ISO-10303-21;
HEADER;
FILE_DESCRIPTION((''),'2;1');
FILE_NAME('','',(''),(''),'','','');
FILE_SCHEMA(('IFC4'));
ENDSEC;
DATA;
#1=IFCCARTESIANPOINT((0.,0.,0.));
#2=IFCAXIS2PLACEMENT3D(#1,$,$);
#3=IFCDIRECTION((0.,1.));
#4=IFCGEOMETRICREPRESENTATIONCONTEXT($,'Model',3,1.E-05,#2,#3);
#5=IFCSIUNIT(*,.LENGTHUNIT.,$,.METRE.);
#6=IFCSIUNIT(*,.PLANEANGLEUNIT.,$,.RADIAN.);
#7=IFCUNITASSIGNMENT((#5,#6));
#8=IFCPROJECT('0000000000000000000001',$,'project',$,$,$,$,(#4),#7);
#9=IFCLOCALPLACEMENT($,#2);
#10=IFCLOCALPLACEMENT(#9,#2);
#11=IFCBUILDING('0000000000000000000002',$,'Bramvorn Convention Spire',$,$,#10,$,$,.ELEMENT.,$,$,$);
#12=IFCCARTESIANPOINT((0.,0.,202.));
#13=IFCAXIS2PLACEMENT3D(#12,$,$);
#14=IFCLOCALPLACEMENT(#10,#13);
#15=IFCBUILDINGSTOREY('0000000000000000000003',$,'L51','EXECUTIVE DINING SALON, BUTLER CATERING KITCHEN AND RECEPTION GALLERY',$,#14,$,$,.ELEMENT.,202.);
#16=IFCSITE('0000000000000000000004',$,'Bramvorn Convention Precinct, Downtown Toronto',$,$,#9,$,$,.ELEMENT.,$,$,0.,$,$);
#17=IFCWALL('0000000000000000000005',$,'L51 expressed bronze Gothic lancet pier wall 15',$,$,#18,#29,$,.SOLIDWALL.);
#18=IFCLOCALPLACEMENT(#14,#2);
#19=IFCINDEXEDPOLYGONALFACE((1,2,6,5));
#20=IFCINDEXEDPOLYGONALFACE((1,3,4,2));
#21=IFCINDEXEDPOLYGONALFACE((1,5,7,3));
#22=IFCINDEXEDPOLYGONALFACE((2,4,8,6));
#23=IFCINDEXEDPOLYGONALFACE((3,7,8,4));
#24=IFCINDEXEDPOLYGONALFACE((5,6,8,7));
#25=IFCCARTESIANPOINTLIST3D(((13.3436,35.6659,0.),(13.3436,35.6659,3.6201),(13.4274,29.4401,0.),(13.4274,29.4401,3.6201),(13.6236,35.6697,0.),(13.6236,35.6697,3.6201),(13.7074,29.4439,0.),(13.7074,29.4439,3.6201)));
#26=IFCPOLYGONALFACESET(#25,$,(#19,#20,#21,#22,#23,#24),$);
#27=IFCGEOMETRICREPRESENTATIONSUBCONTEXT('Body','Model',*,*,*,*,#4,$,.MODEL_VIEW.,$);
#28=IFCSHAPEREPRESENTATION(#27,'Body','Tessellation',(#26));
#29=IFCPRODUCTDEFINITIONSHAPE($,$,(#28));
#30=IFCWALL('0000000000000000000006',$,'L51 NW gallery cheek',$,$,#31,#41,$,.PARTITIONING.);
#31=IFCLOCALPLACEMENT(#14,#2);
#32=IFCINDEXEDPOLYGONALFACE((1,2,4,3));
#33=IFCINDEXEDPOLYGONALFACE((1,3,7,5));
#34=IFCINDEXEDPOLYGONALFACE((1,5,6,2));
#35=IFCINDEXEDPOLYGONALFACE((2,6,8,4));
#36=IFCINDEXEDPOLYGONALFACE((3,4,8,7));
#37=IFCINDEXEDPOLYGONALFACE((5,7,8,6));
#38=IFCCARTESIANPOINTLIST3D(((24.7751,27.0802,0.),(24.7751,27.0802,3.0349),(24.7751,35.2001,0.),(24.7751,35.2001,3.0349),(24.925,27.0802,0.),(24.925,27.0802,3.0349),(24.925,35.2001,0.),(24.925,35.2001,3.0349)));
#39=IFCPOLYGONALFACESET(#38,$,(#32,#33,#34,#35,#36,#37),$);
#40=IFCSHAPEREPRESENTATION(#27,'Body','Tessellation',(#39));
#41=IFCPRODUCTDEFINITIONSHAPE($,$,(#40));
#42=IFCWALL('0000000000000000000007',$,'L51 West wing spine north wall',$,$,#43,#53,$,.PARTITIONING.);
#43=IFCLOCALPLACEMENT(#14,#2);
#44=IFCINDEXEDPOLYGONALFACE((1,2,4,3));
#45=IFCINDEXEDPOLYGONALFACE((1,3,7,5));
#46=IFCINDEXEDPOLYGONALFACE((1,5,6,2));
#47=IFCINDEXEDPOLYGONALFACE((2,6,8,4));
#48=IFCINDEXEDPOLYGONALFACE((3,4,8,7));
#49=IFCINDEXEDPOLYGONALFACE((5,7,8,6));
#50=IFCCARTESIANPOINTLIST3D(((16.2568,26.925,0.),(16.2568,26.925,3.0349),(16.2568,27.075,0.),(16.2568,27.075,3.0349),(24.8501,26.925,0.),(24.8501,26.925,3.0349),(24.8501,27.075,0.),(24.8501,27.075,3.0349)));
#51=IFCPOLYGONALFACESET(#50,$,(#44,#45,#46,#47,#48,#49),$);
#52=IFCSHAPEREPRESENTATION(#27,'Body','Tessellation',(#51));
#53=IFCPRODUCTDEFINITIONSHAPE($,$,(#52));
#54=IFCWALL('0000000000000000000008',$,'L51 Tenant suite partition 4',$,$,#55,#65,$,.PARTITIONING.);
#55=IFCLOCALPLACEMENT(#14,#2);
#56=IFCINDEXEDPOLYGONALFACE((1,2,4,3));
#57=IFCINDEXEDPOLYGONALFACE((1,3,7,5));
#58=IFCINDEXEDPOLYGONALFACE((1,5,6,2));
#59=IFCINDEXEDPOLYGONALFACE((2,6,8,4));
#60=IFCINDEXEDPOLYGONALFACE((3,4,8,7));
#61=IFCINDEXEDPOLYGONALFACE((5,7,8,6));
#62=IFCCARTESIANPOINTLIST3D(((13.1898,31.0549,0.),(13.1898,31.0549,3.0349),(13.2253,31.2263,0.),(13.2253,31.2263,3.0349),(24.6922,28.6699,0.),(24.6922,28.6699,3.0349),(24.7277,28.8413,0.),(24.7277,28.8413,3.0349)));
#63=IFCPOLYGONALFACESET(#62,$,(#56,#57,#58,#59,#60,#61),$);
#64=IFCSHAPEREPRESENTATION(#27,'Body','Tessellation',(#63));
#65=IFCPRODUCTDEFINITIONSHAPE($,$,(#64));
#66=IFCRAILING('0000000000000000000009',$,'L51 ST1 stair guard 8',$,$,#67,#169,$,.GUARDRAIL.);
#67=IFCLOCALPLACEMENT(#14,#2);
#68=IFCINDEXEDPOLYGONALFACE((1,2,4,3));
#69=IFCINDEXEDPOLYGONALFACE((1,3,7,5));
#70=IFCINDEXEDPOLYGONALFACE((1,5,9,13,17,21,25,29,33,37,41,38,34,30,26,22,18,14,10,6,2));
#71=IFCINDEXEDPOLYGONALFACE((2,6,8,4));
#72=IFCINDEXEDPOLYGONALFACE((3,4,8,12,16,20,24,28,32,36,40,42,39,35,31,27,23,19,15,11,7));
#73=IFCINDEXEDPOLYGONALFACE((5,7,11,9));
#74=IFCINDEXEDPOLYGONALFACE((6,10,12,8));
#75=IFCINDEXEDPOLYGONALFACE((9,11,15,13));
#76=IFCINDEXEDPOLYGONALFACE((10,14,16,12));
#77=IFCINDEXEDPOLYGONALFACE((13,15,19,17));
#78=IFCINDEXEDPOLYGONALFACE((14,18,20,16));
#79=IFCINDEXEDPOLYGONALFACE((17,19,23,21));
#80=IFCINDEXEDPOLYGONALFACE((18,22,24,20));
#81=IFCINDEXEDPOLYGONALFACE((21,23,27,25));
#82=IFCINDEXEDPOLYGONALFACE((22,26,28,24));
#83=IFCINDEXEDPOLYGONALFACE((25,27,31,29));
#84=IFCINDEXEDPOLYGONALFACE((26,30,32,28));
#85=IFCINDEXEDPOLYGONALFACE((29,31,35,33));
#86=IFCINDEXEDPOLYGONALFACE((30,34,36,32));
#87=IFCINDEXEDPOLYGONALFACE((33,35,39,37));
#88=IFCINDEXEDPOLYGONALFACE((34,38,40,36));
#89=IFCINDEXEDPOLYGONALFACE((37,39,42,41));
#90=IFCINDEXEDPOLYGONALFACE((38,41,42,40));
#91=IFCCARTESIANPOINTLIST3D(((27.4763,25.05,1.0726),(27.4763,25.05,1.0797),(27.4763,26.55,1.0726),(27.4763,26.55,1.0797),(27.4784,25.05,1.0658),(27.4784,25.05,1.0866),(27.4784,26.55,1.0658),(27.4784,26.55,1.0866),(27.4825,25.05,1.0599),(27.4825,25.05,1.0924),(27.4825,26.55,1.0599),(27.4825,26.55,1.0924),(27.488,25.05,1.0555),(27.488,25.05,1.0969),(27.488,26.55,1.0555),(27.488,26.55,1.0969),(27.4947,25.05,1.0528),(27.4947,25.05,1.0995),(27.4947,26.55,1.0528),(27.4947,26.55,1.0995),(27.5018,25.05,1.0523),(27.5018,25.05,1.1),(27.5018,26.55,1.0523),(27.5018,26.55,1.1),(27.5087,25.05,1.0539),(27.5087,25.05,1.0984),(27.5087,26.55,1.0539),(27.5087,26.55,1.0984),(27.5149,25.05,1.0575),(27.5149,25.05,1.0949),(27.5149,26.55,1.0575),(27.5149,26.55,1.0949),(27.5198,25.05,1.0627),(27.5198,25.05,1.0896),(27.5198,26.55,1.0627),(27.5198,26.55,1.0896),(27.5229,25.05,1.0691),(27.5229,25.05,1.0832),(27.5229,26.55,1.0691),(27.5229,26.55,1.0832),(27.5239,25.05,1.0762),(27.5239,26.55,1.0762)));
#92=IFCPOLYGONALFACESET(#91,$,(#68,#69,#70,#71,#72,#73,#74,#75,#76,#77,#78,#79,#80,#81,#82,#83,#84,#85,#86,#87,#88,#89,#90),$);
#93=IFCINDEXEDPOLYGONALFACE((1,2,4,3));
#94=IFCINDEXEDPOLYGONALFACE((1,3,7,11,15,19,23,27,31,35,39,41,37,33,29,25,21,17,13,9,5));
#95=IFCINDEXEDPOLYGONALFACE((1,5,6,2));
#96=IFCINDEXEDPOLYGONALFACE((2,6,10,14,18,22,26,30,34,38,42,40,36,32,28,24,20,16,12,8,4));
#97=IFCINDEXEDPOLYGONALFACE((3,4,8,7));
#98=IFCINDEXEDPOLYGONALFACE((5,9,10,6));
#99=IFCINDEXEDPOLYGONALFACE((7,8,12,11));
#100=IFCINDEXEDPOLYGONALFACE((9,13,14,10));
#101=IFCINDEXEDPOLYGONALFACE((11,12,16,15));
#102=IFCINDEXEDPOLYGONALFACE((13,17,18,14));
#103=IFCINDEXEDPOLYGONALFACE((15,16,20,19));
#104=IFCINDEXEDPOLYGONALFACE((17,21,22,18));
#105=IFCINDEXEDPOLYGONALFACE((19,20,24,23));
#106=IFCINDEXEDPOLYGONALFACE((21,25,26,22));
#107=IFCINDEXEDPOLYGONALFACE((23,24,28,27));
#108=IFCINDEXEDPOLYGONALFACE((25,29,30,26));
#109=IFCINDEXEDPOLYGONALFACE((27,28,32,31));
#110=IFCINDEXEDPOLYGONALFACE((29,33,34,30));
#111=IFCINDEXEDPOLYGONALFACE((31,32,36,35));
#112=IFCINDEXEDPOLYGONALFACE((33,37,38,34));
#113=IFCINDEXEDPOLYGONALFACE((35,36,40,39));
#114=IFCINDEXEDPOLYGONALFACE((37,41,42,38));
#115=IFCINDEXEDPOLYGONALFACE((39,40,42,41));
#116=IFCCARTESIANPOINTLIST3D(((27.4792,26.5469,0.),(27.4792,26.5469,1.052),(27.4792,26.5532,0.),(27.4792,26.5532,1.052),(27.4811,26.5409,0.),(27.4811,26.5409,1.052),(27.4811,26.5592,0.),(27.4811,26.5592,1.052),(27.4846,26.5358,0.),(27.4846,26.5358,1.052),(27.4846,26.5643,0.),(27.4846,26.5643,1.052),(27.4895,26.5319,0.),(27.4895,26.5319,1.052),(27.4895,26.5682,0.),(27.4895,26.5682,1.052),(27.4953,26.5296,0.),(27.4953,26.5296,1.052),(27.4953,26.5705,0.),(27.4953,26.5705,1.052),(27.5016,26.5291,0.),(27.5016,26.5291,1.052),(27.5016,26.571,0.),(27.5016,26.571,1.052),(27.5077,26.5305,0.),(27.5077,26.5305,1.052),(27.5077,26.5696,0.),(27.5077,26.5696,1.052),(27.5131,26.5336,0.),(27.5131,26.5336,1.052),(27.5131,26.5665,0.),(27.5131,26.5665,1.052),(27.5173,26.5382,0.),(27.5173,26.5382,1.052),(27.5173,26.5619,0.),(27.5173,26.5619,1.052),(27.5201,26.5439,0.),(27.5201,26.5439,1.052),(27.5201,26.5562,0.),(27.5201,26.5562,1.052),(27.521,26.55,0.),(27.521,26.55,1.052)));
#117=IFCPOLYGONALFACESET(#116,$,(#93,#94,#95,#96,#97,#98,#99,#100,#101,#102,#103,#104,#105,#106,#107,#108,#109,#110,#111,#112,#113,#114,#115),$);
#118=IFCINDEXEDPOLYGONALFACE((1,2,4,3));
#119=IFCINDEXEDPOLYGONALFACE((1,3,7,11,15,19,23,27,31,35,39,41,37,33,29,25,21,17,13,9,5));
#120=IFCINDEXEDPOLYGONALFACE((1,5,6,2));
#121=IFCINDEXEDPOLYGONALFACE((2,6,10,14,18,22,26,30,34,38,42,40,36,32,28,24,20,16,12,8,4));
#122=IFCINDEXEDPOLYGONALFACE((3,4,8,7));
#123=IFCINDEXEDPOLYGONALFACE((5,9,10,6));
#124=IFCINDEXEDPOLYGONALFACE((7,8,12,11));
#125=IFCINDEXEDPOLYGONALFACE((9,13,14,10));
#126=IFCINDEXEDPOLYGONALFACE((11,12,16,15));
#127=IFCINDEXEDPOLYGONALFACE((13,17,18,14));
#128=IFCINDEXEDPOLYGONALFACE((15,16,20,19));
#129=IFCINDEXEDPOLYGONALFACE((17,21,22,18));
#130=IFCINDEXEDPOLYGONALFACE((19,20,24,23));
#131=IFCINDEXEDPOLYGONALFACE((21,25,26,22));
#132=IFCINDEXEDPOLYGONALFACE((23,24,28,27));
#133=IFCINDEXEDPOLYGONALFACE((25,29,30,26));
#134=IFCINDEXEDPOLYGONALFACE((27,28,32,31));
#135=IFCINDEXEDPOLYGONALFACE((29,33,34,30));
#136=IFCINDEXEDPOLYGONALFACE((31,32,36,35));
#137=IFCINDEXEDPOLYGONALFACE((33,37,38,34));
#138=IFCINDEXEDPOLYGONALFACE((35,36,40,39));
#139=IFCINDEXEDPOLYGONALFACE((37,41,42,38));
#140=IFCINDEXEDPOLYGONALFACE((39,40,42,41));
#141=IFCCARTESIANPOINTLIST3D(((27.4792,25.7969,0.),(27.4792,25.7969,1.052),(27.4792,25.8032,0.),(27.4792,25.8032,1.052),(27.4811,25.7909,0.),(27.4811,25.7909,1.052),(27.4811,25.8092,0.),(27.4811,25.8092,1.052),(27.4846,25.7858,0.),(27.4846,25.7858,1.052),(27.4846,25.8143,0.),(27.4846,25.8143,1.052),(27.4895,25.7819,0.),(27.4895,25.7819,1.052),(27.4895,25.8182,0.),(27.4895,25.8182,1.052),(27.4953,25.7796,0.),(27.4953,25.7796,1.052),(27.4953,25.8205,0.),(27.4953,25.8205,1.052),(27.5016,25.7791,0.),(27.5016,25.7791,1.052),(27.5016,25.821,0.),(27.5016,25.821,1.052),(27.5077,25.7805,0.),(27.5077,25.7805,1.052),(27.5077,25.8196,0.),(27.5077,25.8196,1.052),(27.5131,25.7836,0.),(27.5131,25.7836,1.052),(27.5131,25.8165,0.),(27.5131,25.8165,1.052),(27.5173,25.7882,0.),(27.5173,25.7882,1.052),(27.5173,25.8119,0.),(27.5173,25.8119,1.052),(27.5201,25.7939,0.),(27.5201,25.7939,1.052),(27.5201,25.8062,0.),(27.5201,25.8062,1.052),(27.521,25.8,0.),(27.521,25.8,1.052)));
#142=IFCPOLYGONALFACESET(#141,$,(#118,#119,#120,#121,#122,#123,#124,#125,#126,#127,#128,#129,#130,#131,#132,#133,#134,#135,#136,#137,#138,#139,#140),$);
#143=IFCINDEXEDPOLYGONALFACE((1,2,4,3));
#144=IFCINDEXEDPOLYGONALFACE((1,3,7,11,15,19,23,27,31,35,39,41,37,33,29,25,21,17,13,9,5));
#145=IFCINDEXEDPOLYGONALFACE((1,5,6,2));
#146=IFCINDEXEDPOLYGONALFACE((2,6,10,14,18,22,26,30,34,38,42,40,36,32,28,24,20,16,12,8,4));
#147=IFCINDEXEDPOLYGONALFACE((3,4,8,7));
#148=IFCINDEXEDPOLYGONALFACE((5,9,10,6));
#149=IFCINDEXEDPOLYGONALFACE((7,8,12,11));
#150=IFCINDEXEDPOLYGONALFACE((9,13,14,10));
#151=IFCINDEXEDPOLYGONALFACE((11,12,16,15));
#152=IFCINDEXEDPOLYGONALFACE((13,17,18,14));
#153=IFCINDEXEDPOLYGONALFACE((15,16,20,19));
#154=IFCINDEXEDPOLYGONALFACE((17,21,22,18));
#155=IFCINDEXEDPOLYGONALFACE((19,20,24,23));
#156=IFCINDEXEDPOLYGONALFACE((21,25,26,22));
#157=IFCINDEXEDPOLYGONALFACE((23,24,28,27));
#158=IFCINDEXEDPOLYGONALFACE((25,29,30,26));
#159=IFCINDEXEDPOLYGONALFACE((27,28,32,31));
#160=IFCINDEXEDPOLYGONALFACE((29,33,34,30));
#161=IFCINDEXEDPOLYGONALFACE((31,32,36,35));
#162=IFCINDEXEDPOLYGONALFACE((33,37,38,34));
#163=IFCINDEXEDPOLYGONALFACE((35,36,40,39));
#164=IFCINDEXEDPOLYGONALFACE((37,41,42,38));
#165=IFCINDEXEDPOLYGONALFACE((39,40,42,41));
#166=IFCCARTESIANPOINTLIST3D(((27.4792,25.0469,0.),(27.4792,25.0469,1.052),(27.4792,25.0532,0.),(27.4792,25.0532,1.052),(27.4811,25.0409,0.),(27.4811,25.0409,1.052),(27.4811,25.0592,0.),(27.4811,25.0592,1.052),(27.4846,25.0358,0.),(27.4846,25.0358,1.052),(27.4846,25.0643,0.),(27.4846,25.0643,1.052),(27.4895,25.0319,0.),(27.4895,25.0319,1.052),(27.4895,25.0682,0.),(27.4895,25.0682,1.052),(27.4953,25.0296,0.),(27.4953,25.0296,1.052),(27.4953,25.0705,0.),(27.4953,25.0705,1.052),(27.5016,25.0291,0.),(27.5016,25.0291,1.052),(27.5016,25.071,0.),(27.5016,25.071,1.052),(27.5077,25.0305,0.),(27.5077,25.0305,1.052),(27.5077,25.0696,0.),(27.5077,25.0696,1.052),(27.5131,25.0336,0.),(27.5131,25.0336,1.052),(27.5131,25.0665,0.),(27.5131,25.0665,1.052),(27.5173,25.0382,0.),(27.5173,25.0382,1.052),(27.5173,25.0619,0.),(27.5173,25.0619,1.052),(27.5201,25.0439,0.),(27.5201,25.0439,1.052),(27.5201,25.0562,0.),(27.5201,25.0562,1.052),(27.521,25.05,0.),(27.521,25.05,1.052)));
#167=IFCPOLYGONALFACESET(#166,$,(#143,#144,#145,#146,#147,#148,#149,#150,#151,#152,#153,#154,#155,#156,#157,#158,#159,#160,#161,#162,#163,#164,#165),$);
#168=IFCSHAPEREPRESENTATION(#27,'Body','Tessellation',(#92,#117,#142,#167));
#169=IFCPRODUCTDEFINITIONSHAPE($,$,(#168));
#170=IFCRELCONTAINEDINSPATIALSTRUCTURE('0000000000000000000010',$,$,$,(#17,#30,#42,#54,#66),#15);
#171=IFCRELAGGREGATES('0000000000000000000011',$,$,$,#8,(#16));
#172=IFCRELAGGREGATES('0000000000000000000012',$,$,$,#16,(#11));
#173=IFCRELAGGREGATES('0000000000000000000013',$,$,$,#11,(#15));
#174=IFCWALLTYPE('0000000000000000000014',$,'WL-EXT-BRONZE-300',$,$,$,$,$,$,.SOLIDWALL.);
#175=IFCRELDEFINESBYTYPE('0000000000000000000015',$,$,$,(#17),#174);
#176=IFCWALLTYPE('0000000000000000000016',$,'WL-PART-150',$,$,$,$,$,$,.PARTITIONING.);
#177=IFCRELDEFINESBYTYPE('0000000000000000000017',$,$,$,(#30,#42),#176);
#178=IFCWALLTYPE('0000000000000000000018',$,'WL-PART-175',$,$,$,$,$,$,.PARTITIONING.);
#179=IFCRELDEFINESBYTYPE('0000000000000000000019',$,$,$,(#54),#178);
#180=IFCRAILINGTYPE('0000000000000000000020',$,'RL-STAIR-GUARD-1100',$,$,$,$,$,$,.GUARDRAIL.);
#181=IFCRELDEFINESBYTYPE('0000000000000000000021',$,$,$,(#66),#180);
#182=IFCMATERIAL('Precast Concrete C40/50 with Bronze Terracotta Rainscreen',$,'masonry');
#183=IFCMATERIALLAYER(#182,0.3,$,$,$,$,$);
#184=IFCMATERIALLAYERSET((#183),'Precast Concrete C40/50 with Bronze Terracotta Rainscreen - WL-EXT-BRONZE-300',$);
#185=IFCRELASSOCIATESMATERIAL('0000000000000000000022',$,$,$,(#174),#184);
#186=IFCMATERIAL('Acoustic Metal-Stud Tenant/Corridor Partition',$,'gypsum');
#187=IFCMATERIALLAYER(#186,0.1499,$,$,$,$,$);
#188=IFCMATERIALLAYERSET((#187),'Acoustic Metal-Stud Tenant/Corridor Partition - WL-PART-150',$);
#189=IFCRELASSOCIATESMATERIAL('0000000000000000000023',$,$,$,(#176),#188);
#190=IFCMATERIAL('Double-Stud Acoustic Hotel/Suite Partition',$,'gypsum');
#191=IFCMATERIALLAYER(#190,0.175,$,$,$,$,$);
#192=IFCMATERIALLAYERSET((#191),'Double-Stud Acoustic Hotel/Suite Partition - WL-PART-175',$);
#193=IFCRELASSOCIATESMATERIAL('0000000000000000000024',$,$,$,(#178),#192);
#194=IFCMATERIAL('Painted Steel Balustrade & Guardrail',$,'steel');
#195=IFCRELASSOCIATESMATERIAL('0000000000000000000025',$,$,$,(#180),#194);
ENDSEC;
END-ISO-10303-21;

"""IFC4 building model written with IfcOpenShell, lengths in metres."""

from ifc_helpers import new_model, si_unit, direction, frame, frame_2d, origin, origin_2d, place, context, subcontext, project, spatial, rectangle, circle, extrude, material, layer, layer_set, type_object, element, save


model = new_model("IFC4")

# Units and contexts
model_context = context("Model", 3, precision=1e-05, world=origin(), true_north=direction((0.0, 1.0)))
body_context = subcontext(model_context, "Body", "Model", "MODEL_VIEW")
ifc_project = project(units=[si_unit("LENGTHUNIT", "METRE"), si_unit("PLANEANGLEUNIT", "RADIAN")], contexts=[model_context])

# Site, building, storey
site_placement = place(None, origin())
site = spatial("IfcSite", under=ifc_project, at=site_placement, Name="Bramvorn Convention Precinct, Downtown Toronto", CompositionType="ELEMENT", RefElevation=0.0)
building_placement = place(site_placement, origin())
building = spatial("IfcBuilding", under=site, at=building_placement, Name="Bramvorn Convention Spire", CompositionType="ELEMENT")
storey_placement = place(building_placement, frame((0.0, 0.0, 202.0)))
storey = spatial("IfcBuildingStorey", under=building, at=storey_placement, Name="L51", Description="EXECUTIVE DINING SALON, BUTLER CATERING KITCHEN AND RECEPTION GALLERY", CompositionType="ELEMENT", Elevation=202.0)

# Walls
ifc_material_1 = material(Name="Precast Concrete C40/50 with Bronze Terracotta Rainscreen", Category="masonry")
ifc_layer_1 = layer(ifc_material_1, 0.3)
ifc_layer_set_1 = layer_set([ifc_layer_1], Name="Precast Concrete C40/50 with Bronze Terracotta Rainscreen - WL-EXT-BRONZE-300")
wall_type_1 = type_object("IfcWallType", Name="WL-EXT-BRONZE-300", PredefinedType="SOLIDWALL", material=ifc_layer_set_1)
wall_1_placement = place(storey_placement, frame((13.5674, 29.4419, 0.0), z_axis=(0.0, 0.0, 1.0), x_axis=(-0.013449, 0.99991, 0.0)))
element("IfcWall", 1, at=wall_1_placement, inside=storey, type_object=wall_type_1, Name="L51 expressed bronze Gothic lancet pier wall 15", PredefinedType="SOLIDWALL", context=body_context, shape_type="SweptSolid", body=[
    extrude(rectangle(XDim=6.2263, YDim=0.28, at=frame_2d((3.1133, 0.0))), origin(), (0.0, 0.0, 1.0), 3.6201),
])
ifc_material_2 = material(Name="Acoustic Metal-Stud Tenant/Corridor Partition", Category="gypsum")
ifc_layer_2 = layer(ifc_material_2, 0.1499)
ifc_layer_set_2 = layer_set([ifc_layer_2], Name="Acoustic Metal-Stud Tenant/Corridor Partition - WL-PART-150")
wall_type_2 = type_object("IfcWallType", Name="WL-PART-150", PredefinedType="PARTITIONING", material=ifc_layer_set_2)
wall_2_placement = place(storey_placement, frame((24.8501, 27.0801, 0.0), z_axis=(0.0, 0.0, 1.0), x_axis=(0.0, 1.0, 0.0)))
element("IfcWall", 2, at=wall_2_placement, inside=storey, type_object=wall_type_2, Name="L51 NW gallery cheek", PredefinedType="PARTITIONING", context=body_context, shape_type="SweptSolid", body=[
    extrude(rectangle(XDim=8.1199, YDim=0.1499, at=frame_2d((4.0601, 0.0))), origin(), (0.0, 0.0, 1.0), 3.0349),
])
wall_3_placement = place(storey_placement, frame((16.2568, 27.0, 0.0), z_axis=(0.0, 0.0, 1.0), x_axis=(1.0, 0.0, 0.0)))
element("IfcWall", 3, at=wall_3_placement, inside=storey, type_object=wall_type_2, Name="L51 West wing spine north wall", PredefinedType="PARTITIONING", context=body_context, shape_type="SweptSolid", body=[
    extrude(rectangle(XDim=8.5933, YDim=0.1499, at=frame_2d((4.2966, 0.0))), origin(), (0.0, 0.0, 1.0), 3.0349),
])
ifc_material_3 = material(Name="Double-Stud Acoustic Hotel/Suite Partition", Category="gypsum")
ifc_layer_3 = layer(ifc_material_3, 0.175)
ifc_layer_set_3 = layer_set([ifc_layer_3], Name="Double-Stud Acoustic Hotel/Suite Partition - WL-PART-175")
wall_type_3 = type_object("IfcWallType", Name="WL-PART-175", PredefinedType="PARTITIONING", material=ifc_layer_set_3)
wall_4_placement = place(storey_placement, frame((24.71, 28.7556, 0.0), z_axis=(0.0, 0.0, 1.0), x_axis=(-0.979173, 0.20303, 0.0)))
element("IfcWall", 4, at=wall_4_placement, inside=storey, type_object=wall_type_3, Name="L51 Tenant suite partition 4", PredefinedType="PARTITIONING", context=body_context, shape_type="SweptSolid", body=[
    extrude(rectangle(XDim=11.7471, YDim=0.175, at=frame_2d((5.8735, 0.0))), origin(), (0.0, 0.0, 1.0), 3.0349),
])

# Railing
ifc_material_4 = material(Name="Painted Steel Balustrade & Guardrail", Category="steel")
railing_type_1 = type_object("IfcRailingType", Name="RL-STAIR-GUARD-1100", PredefinedType="GUARDRAIL", material=ifc_material_4)
railing_1_placement = place(storey_placement, frame((27.5, 26.55, 0.0)))
element("IfcRailing", 5, at=railing_1_placement, inside=storey, type_object=railing_type_1, Name="L51 ST1 stair guard 8", PredefinedType="GUARDRAIL", context=body_context, shape_type="SweptSolid", body=[
    extrude(circle(Radius=0.0239, at=origin_2d()), frame((0.0, 0.0, 1.0762), z_axis=(0.0, -1.0, 0.0), x_axis=(1.0, 0.0, 0.0)), (0.0, 0.0, 1.0), 1.5),
    extrude(circle(Radius=0.021, at=origin_2d()), origin(), (0.0, 0.0, 1.0), 1.052),
    extrude(circle(Radius=0.021, at=origin_2d()), frame((0.0, -0.75, 0.0)), (0.0, 0.0, 1.0), 1.052),
    extrude(circle(Radius=0.021, at=origin_2d()), frame((0.0, -1.5, 0.0)), (0.0, 0.0, 1.0), 1.052),
])

save(model, "model.ifc")
